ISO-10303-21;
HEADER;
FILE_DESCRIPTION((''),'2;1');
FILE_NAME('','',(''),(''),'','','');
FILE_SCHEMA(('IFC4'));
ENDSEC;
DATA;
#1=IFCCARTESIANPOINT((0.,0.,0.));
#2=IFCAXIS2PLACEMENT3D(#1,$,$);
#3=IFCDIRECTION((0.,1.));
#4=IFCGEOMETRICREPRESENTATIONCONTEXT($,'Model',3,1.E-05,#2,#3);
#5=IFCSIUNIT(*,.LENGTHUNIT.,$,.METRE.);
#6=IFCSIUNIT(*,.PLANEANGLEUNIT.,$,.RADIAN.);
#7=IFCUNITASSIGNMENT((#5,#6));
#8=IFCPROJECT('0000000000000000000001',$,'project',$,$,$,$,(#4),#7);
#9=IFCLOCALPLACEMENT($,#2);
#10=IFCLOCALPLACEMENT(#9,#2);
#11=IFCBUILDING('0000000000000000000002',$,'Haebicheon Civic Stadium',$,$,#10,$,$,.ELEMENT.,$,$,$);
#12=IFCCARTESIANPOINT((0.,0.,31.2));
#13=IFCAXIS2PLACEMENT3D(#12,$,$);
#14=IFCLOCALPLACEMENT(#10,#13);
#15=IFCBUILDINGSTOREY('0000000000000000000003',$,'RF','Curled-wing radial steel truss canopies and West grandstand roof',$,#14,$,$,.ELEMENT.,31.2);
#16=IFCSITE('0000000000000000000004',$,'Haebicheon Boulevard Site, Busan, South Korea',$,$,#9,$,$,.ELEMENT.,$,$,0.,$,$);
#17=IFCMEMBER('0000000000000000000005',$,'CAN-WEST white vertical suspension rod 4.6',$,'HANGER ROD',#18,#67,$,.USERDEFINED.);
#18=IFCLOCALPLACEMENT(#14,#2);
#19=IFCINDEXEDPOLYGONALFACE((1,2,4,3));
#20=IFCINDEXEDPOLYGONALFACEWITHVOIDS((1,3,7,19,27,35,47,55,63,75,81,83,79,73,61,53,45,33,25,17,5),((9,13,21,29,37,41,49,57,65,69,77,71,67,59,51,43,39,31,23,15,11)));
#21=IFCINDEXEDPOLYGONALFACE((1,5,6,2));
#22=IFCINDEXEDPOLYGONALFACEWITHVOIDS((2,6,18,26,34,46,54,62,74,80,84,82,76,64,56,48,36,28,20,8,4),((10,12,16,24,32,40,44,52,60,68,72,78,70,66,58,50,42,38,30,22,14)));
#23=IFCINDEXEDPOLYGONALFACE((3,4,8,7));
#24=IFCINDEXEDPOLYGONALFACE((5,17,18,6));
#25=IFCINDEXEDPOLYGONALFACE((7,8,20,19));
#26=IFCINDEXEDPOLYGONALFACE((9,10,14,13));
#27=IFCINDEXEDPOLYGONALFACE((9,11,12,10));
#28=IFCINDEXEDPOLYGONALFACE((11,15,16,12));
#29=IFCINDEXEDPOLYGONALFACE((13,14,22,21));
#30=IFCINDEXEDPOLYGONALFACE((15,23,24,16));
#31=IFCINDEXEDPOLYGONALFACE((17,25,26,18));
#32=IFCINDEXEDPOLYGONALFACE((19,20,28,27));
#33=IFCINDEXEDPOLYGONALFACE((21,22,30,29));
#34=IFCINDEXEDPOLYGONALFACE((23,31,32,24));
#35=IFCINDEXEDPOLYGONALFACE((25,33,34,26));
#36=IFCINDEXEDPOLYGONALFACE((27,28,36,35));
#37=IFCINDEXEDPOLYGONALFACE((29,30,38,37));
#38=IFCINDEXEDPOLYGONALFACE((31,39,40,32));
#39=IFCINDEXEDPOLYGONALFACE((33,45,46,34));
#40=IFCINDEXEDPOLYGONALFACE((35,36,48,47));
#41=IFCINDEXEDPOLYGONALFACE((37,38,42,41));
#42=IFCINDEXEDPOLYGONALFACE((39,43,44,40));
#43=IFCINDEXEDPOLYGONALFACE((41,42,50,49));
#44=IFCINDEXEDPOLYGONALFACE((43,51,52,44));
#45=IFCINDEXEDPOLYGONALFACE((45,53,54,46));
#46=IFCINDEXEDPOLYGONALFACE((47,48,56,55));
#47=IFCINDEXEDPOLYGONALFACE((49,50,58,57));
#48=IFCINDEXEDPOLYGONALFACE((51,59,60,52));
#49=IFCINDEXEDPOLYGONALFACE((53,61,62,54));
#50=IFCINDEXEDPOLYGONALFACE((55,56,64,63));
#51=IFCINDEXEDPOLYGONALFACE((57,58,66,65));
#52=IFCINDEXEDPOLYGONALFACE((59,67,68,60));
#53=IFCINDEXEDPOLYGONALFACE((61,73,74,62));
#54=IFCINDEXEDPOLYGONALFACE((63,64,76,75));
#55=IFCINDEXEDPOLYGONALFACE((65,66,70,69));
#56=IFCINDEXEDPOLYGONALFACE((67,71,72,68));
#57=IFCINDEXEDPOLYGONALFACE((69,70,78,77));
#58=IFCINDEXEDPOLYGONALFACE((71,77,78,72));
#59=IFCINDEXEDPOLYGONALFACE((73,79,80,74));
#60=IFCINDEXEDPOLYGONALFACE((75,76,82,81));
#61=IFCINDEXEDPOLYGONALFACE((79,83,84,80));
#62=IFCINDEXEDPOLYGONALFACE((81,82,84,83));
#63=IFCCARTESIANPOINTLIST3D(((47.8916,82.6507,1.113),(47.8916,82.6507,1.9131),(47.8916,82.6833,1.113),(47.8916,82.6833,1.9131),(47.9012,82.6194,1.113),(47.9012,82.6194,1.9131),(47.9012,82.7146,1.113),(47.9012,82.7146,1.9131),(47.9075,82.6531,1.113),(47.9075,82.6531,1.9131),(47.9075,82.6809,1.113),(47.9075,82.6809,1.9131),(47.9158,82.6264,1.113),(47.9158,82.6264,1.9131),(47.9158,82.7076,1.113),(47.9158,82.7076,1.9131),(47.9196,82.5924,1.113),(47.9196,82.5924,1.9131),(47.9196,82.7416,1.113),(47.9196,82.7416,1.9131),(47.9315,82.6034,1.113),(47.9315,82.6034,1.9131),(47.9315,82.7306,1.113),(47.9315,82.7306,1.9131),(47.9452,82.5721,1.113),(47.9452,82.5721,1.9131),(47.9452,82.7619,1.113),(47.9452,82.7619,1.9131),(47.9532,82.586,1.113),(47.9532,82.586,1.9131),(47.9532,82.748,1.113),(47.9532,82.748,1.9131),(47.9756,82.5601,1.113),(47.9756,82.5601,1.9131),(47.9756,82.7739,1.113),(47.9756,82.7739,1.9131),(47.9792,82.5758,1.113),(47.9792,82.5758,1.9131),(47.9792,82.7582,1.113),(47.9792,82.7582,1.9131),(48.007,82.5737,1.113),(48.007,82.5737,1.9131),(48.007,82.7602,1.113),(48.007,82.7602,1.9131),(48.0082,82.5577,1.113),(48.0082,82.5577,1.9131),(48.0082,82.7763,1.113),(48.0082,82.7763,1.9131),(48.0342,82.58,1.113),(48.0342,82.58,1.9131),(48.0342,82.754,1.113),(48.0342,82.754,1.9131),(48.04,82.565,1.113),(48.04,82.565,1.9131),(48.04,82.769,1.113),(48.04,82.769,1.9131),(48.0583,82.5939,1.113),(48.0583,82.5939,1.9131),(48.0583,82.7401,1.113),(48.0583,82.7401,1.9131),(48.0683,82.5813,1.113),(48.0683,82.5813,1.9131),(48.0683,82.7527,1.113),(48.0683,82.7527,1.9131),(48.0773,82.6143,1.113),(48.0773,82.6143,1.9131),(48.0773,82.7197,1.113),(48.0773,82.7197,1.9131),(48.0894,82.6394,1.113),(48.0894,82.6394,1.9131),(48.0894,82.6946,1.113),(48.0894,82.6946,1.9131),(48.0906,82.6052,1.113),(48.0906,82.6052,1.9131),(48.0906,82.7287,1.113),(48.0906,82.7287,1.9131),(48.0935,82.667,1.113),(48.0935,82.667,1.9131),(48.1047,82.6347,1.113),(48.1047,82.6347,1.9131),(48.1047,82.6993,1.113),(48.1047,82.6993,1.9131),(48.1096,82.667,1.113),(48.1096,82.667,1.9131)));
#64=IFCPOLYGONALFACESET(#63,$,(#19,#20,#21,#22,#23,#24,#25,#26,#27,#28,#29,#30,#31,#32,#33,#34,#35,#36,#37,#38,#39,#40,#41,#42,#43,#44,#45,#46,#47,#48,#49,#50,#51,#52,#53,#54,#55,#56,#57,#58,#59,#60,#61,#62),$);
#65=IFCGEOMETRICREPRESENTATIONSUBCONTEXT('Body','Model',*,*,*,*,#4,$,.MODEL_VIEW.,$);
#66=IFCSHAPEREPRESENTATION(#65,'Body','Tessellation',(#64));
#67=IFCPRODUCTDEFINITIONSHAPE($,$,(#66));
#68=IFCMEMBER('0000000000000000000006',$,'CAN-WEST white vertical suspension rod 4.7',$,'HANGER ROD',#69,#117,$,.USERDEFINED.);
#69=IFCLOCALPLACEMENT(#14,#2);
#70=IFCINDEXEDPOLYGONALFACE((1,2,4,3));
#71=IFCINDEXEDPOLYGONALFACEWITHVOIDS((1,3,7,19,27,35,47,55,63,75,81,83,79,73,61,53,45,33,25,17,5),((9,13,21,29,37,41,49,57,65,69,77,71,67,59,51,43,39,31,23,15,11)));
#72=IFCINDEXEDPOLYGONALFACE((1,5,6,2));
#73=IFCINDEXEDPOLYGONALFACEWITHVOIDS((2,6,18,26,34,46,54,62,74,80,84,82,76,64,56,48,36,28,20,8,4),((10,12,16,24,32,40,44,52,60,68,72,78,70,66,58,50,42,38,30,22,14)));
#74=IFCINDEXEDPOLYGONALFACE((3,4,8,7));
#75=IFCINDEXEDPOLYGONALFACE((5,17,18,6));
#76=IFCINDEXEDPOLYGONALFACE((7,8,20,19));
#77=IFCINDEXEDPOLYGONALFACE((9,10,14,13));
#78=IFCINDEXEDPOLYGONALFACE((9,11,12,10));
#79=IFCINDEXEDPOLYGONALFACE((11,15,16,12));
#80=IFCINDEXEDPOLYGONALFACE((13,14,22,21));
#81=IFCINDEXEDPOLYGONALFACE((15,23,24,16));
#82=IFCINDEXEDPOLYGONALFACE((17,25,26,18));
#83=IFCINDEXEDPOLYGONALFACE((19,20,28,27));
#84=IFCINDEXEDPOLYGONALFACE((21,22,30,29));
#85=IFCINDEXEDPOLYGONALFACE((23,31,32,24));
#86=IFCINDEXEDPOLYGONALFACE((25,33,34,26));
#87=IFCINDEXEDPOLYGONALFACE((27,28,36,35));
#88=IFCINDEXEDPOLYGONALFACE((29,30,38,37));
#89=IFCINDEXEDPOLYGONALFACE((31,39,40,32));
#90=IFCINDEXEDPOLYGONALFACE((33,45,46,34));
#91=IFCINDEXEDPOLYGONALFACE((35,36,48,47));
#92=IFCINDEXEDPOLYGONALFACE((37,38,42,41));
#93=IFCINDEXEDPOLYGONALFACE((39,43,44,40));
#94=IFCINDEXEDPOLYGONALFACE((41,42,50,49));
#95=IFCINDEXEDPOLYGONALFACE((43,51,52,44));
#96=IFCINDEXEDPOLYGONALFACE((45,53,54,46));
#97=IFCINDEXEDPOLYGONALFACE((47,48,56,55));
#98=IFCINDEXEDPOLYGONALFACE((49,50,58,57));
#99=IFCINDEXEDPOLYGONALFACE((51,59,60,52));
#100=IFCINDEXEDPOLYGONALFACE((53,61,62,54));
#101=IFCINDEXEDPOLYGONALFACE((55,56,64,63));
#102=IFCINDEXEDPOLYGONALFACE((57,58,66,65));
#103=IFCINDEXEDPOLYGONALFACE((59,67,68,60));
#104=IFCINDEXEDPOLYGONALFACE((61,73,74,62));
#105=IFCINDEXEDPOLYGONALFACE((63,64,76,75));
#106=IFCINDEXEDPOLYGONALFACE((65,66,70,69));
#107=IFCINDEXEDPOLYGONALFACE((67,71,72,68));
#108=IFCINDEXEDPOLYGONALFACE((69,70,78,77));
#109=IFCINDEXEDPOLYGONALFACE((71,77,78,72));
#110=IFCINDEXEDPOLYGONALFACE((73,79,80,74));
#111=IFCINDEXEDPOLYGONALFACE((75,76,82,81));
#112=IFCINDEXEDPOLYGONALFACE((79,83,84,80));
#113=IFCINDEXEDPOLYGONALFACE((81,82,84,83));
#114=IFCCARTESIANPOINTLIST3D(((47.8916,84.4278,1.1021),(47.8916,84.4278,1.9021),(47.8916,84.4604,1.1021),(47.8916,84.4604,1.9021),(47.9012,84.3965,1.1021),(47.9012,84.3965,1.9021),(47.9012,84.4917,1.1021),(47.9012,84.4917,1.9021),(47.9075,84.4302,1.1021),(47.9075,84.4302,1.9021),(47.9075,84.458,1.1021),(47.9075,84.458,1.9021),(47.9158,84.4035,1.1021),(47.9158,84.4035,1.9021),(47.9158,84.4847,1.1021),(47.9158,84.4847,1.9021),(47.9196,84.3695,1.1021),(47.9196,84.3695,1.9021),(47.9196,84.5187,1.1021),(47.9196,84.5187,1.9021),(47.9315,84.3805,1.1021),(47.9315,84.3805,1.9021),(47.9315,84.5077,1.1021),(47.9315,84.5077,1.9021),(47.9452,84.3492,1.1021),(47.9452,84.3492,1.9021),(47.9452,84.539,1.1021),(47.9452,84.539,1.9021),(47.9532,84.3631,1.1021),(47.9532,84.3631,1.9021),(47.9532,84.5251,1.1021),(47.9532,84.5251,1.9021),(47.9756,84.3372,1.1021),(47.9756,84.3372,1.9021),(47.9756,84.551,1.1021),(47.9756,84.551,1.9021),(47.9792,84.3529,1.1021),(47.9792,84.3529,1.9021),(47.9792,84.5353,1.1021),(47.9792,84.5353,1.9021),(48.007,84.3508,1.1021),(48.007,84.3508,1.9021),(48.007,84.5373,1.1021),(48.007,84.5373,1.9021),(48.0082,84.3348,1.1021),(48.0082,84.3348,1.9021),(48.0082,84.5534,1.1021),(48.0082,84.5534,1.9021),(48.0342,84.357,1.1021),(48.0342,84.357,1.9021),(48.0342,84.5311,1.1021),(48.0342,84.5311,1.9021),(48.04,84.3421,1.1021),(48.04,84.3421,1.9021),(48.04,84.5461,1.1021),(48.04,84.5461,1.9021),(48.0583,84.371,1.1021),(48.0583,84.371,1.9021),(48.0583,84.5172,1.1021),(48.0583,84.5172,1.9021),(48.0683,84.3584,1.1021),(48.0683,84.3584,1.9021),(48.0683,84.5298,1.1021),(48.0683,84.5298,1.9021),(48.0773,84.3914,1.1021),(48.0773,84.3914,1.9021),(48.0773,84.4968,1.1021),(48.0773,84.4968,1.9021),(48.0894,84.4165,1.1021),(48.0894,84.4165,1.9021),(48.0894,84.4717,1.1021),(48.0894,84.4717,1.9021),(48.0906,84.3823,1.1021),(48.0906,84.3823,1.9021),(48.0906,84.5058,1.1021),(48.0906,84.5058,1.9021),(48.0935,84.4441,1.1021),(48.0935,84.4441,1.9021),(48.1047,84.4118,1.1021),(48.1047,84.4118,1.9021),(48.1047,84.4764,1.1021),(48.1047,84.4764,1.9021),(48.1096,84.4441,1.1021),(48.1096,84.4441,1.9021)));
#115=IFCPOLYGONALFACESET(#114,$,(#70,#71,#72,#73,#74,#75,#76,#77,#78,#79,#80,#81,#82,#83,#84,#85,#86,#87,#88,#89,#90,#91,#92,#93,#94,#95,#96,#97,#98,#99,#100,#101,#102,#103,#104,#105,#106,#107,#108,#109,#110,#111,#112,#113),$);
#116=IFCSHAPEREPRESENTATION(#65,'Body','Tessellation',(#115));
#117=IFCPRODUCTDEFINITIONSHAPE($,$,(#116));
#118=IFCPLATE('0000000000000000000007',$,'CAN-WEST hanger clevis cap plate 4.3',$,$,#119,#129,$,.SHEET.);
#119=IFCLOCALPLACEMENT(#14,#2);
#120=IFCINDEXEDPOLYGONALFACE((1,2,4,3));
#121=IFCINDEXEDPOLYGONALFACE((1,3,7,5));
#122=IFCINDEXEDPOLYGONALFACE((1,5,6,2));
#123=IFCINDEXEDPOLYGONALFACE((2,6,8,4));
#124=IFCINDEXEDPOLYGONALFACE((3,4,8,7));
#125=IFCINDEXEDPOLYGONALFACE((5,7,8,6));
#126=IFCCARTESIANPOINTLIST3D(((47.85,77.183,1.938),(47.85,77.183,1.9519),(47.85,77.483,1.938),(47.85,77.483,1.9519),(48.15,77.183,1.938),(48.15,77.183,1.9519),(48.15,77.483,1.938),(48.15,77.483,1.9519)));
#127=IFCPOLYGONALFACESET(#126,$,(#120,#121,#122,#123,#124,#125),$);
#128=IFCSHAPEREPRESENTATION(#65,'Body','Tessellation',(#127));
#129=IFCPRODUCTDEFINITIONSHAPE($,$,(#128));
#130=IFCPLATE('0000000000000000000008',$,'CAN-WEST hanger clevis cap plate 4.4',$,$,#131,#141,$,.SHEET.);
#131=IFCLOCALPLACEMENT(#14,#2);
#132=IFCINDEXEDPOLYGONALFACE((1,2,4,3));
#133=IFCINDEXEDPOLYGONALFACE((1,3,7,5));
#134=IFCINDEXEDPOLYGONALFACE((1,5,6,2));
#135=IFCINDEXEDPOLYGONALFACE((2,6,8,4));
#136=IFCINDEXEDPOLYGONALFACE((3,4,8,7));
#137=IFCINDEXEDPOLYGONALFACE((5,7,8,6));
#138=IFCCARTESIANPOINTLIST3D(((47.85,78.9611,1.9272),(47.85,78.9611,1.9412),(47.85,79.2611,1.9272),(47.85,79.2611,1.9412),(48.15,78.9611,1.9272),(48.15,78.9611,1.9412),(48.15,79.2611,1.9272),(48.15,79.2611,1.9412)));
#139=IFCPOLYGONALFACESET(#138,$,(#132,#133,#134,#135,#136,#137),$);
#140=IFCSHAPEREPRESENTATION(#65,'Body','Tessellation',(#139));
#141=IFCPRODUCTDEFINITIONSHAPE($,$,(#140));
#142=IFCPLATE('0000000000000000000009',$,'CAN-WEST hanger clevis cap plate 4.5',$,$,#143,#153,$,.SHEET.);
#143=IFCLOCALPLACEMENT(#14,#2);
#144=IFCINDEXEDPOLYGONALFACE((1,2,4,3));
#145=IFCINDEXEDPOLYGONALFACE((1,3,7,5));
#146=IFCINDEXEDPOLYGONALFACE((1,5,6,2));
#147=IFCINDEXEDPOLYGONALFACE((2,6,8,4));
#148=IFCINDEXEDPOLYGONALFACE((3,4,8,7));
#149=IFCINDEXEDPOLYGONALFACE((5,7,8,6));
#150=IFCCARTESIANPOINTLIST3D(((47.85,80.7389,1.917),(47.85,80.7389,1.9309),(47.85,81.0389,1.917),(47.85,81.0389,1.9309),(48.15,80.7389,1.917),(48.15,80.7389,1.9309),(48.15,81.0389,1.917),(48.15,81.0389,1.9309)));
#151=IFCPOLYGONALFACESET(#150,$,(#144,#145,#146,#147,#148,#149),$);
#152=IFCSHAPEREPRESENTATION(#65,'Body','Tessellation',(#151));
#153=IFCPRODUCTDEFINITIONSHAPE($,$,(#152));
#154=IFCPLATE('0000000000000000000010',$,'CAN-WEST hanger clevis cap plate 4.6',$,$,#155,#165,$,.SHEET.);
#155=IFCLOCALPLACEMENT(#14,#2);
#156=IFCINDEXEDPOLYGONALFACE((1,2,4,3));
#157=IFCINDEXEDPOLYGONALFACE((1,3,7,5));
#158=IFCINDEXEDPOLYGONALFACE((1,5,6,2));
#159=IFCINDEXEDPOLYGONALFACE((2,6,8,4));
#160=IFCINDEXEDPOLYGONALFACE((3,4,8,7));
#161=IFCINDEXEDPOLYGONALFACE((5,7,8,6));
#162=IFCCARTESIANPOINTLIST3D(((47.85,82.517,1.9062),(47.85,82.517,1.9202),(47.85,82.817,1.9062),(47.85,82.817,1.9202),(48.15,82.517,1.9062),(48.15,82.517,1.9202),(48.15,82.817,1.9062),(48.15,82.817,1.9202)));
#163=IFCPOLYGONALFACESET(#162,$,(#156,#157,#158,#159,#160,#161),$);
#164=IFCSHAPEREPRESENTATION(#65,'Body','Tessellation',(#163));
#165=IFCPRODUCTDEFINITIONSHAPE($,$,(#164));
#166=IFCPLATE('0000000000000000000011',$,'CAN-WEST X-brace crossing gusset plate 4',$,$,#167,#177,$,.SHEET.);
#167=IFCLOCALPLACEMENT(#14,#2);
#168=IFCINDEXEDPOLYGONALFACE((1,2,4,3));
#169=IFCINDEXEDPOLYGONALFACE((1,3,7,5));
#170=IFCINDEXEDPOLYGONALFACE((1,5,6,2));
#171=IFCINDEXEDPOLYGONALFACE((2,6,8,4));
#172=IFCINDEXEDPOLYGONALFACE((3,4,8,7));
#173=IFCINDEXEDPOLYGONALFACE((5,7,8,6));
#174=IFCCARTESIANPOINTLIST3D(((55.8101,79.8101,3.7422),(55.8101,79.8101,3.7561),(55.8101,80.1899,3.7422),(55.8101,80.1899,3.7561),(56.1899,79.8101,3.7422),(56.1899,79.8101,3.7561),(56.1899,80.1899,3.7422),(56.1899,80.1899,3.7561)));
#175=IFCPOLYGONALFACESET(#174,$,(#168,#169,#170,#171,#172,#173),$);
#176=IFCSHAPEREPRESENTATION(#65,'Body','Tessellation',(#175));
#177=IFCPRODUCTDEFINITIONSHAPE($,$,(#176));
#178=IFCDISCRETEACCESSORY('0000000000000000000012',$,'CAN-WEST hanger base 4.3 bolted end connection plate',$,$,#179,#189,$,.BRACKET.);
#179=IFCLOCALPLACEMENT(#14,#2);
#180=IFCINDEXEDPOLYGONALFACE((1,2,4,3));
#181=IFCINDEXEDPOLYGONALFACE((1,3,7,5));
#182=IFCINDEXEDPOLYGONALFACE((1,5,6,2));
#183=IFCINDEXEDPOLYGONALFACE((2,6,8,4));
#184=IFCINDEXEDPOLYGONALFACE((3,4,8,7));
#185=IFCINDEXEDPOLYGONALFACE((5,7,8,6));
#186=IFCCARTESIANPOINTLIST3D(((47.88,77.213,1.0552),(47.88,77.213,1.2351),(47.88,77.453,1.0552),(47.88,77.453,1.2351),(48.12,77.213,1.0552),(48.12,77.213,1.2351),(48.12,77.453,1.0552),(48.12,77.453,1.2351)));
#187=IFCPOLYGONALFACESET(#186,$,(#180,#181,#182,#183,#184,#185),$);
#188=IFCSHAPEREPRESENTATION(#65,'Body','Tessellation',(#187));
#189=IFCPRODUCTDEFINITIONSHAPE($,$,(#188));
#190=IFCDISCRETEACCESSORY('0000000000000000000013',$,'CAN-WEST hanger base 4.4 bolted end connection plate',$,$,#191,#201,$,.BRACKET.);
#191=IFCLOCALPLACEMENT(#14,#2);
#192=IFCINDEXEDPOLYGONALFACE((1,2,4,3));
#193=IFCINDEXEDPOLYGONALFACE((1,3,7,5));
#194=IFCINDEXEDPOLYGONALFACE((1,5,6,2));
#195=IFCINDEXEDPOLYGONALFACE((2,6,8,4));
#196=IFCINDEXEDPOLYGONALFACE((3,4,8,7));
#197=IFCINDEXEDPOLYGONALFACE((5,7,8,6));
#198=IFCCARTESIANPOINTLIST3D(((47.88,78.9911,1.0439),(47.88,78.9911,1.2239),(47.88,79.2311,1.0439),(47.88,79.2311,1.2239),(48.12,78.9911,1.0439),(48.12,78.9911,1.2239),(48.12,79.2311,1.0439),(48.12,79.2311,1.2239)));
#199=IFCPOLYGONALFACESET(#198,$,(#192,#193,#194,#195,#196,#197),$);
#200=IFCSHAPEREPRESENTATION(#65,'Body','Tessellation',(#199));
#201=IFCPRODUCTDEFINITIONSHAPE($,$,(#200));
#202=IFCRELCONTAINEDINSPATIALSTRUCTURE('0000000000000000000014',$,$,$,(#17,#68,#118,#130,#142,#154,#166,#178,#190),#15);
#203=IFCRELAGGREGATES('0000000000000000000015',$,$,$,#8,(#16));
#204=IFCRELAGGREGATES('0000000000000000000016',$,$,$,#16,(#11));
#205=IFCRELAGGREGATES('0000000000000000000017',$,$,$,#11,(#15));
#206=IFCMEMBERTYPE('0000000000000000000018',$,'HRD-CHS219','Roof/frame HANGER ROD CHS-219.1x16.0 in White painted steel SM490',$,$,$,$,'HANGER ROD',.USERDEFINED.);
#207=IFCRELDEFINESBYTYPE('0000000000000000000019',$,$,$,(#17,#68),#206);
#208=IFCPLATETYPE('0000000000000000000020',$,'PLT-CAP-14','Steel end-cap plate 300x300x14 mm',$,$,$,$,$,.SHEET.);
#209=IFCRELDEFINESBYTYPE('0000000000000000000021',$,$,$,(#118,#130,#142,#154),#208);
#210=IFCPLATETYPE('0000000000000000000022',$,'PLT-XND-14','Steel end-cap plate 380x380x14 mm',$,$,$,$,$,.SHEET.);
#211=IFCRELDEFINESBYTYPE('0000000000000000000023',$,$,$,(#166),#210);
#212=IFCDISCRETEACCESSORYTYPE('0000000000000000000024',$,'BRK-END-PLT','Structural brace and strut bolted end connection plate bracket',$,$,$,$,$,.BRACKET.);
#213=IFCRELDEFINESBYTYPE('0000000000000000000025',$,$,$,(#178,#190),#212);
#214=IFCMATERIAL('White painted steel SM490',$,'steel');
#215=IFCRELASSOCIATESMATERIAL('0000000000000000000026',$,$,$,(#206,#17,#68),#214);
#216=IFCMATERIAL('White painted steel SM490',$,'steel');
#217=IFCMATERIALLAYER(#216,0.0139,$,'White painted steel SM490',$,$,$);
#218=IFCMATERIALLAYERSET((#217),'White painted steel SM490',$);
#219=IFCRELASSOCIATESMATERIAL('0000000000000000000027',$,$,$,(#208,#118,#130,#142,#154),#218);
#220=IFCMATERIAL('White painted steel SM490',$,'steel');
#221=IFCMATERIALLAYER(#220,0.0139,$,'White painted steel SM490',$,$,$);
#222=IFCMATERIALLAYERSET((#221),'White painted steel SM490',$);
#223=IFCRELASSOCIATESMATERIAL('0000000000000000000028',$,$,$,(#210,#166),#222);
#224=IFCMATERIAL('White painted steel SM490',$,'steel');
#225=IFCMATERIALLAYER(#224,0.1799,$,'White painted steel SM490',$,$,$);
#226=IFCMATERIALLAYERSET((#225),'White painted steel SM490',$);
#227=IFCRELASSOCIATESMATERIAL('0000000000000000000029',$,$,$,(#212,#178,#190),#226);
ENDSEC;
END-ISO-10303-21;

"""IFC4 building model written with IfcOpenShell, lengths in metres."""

from ifc_helpers import new_model, si_unit, direction, frame, origin, origin_2d, place, context, subcontext, project, spatial, rectangle, hollow_circle, extrude, material, layer, layer_set, material_profile, profile_set, type_object, element, save


model = new_model("IFC4")

# Units and contexts
model_context = context("Model", 3, precision=1e-05, world=origin(), true_north=direction((0.0, 1.0)))
body_context = subcontext(model_context, "Body", "Model", "MODEL_VIEW")
ifc_project = project(units=[si_unit("LENGTHUNIT", "METRE"), si_unit("PLANEANGLEUNIT", "RADIAN")], contexts=[model_context])

# Site, building, storey
site_placement = place(None, origin())
site = spatial("IfcSite", under=ifc_project, at=site_placement, Name="Haebicheon Boulevard Site, Busan, South Korea", CompositionType="ELEMENT", RefElevation=0.0)
building_placement = place(site_placement, origin())
building = spatial("IfcBuilding", under=site, at=building_placement, Name="Haebicheon Civic Stadium", CompositionType="ELEMENT")
storey_placement = place(building_placement, frame((0.0, 0.0, 31.2)))
storey = spatial("IfcBuildingStorey", under=building, at=storey_placement, Name="RF", Description="Curled-wing radial steel truss canopies and West grandstand roof", CompositionType="ELEMENT", Elevation=31.2)

# Members
ifc_material_1 = material(Name="White painted steel SM490", Category="steel")
ifc_material_profile_1 = material_profile(ifc_material_1, hollow_circle(Radius=0.1096, WallThickness=0.0161, at=origin_2d()), Name="CHS-219.1x16.0")
ifc_profile_set_1 = profile_set([ifc_material_profile_1], Name="White painted steel SM490")
member_type_1 = type_object("IfcMemberType", Name="HRD-CHS219", Description="Roof/frame HANGER ROD CHS-219.1x16.0 in White painted steel SM490", ElementType="HANGER ROD", PredefinedType="USERDEFINED", material=ifc_profile_set_1)
for number, where, z_axis, x_axis, name in (
    (1, (48.0, 82.667, 1.113), (0.0, 0.0, 1.0), (1.0, 0.0, 0.0), "CAN-WEST white vertical suspension rod 4.6"),
    (2, (48.0, 84.4441, 1.1021), (0.0, 0.0, 1.0), (1.0, 0.0, 0.0), "CAN-WEST white vertical suspension rod 4.7"),
):
    element("IfcMember", number, at=place(storey_placement, frame(where, z_axis=z_axis, x_axis=x_axis)), inside=storey, type_object=member_type_1, material=ifc_profile_set_1, Name=name, ObjectType="HANGER ROD", PredefinedType="USERDEFINED", context=body_context, shape_type="SweptSolid", body=[
        extrude(hollow_circle(Radius=0.1096, WallThickness=0.0161, at=origin_2d()), origin(), (0.0, 0.0, 1.0), 0.8),
    ])

# Plates
ifc_material_2 = material(Name="White painted steel SM490", Category="steel")
ifc_layer_1 = layer(ifc_material_2, 0.0139, Name="White painted steel SM490")
ifc_layer_set_1 = layer_set([ifc_layer_1], Name="White painted steel SM490")
plate_type_1 = type_object("IfcPlateType", Name="PLT-CAP-14", Description="Steel end-cap plate 300x300x14 mm", PredefinedType="SHEET", material=ifc_layer_set_1)
for number, where, z_axis, x_axis, name in (
    (3, (48.0, 77.333, 1.938), (0.0, 0.0, 1.0), (1.0, 0.0, 0.0), "CAN-WEST hanger clevis cap plate 4.3"),
    (4, (48.0, 79.1111, 1.9272), (0.0, 0.0, 1.0), (1.0, 0.0, 0.0), "CAN-WEST hanger clevis cap plate 4.4"),
    (5, (48.0, 80.8889, 1.917), (0.0, 0.0, 1.0), (1.0, 0.0, 0.0), "CAN-WEST hanger clevis cap plate 4.5"),
    (6, (48.0, 82.667, 1.9062), (0.0, 0.0, 1.0), (1.0, 0.0, 0.0), "CAN-WEST hanger clevis cap plate 4.6"),
):
    element("IfcPlate", number, at=place(storey_placement, frame(where, z_axis=z_axis, x_axis=x_axis)), inside=storey, type_object=plate_type_1, material=ifc_layer_set_1, Name=name, PredefinedType="SHEET", context=body_context, shape_type="SweptSolid", body=[
        extrude(rectangle(XDim=0.3, YDim=0.3, at=origin_2d()), origin(), (0.0, 0.0, 1.0), 0.0139),
    ])
ifc_material_3 = material(Name="White painted steel SM490", Category="steel")
ifc_layer_2 = layer(ifc_material_3, 0.0139, Name="White painted steel SM490")
ifc_layer_set_2 = layer_set([ifc_layer_2], Name="White painted steel SM490")
plate_type_2 = type_object("IfcPlateType", Name="PLT-XND-14", Description="Steel end-cap plate 380x380x14 mm", PredefinedType="SHEET", material=ifc_layer_set_2)
plate_placement = place(storey_placement, frame((56.0, 80.0, 3.7422), z_axis=(0.0, 0.0, 1.0), x_axis=(1.0, 0.0, 0.0)))
element("IfcPlate", 7, at=plate_placement, inside=storey, type_object=plate_type_2, material=ifc_layer_set_2, Name="CAN-WEST X-brace crossing gusset plate 4", PredefinedType="SHEET", context=body_context, shape_type="SweptSolid", body=[
    extrude(rectangle(XDim=0.3799, YDim=0.3799, at=origin_2d()), origin(), (0.0, 0.0, 1.0), 0.0139),
])

# Discrete accessories
ifc_material_4 = material(Name="White painted steel SM490", Category="steel")
ifc_layer_3 = layer(ifc_material_4, 0.1799, Name="White painted steel SM490")
ifc_layer_set_3 = layer_set([ifc_layer_3], Name="White painted steel SM490")
discrete_accessory_type = type_object("IfcDiscreteAccessoryType", Name="BRK-END-PLT", Description="Structural brace and strut bolted end connection plate bracket", PredefinedType="BRACKET", material=ifc_layer_set_3)
for number, where, z_axis, x_axis, name in (
    (8, (48.0, 77.333, 1.0552), (0.0, 0.0, 1.0), (1.0, 0.0, 0.0), "CAN-WEST hanger base 4.3 bolted end connection plate"),
    (9, (48.0, 79.1111, 1.0439), (0.0, 0.0, 1.0), (1.0, 0.0, 0.0), "CAN-WEST hanger base 4.4 bolted end connection plate"),
):
    element("IfcDiscreteAccessory", number, at=place(storey_placement, frame(where, z_axis=z_axis, x_axis=x_axis)), inside=storey, type_object=discrete_accessory_type, material=ifc_layer_set_3, Name=name, PredefinedType="BRACKET", context=body_context, shape_type="SweptSolid", body=[
        extrude(rectangle(XDim=0.24, YDim=0.24, at=origin_2d()), origin(), (0.0, 0.0, 1.0), 0.1799),
    ])

save(model, "model.ifc")
